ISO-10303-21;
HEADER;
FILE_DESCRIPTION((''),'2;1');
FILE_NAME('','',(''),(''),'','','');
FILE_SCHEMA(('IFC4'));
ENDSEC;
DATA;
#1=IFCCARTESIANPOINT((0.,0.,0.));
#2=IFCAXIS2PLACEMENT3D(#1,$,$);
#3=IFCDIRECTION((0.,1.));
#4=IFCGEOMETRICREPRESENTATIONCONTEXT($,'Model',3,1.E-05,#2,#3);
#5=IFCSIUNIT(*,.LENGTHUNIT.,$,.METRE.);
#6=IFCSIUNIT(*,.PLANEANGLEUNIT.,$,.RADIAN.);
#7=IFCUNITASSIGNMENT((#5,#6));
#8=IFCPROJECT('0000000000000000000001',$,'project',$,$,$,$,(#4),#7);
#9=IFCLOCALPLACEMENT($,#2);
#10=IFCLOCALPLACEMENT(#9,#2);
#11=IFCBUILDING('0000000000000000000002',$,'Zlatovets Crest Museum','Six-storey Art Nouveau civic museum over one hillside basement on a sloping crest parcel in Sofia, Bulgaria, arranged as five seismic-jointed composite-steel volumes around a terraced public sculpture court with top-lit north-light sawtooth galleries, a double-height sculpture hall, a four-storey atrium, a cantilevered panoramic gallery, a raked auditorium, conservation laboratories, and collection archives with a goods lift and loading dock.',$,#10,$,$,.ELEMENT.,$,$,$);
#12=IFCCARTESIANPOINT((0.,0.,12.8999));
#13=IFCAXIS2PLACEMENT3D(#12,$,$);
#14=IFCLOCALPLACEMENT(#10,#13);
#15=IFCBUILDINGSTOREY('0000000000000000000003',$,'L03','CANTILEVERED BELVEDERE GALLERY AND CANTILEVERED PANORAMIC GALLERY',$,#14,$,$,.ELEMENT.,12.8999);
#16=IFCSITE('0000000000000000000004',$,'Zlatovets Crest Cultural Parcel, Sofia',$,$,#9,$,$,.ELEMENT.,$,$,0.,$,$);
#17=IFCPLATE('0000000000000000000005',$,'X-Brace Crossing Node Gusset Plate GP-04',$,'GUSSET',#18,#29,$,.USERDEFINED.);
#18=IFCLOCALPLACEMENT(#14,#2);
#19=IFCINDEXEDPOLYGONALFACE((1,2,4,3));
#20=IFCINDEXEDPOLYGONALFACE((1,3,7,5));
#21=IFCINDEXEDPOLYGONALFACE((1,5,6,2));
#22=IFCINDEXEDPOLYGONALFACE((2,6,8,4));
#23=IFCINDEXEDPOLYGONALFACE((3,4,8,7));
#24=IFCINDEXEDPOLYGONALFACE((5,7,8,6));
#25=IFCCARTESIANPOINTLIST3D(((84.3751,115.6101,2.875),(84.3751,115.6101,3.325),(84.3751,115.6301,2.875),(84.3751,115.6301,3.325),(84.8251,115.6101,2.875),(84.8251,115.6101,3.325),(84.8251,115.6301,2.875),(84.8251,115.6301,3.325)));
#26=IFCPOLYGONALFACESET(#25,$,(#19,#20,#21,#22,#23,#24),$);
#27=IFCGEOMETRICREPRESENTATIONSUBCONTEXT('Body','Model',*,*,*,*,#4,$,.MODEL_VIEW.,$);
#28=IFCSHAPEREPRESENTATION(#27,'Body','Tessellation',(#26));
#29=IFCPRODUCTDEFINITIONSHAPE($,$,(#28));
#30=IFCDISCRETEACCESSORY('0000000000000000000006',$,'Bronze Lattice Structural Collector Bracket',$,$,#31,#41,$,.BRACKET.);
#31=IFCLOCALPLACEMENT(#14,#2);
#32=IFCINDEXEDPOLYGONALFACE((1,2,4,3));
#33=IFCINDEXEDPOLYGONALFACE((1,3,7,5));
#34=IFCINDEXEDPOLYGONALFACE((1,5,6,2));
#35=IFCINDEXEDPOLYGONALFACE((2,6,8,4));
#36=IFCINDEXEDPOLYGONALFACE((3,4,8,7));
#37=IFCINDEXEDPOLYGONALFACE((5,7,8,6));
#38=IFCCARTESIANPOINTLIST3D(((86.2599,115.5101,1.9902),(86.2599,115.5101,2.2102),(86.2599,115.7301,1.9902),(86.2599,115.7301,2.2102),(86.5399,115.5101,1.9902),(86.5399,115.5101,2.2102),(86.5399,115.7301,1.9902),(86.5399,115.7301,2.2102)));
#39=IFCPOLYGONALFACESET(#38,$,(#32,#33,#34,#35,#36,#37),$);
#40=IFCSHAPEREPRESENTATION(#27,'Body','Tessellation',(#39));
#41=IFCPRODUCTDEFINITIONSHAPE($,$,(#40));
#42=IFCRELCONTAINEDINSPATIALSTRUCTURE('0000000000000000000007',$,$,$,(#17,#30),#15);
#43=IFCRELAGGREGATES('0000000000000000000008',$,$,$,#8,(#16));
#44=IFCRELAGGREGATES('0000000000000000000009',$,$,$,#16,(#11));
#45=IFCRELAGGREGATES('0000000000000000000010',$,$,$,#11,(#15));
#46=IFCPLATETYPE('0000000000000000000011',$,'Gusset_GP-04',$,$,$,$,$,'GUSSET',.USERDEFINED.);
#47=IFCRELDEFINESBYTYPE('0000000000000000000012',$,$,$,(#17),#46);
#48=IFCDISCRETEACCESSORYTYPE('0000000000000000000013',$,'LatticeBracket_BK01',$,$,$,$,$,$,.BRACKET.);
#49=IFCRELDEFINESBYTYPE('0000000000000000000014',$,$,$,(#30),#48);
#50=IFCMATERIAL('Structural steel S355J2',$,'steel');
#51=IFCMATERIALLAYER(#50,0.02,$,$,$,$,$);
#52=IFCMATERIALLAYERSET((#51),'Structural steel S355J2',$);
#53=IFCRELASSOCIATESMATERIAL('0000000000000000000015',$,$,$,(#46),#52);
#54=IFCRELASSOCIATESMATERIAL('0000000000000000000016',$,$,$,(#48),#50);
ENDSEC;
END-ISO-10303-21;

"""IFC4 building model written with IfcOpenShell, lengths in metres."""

from ifc_helpers import new_model, si_unit, direction, frame, origin, origin_2d, place, context, subcontext, project, spatial, rectangle, extrude, material, layer, layer_set, type_object, element, save


model = new_model("IFC4")

# Units and contexts
model_context = context("Model", 3, precision=1e-05, world=origin(), true_north=direction((0.0, 1.0)))
body_context = subcontext(model_context, "Body", "Model", "MODEL_VIEW")
ifc_project = project(units=[si_unit("LENGTHUNIT", "METRE"), si_unit("PLANEANGLEUNIT", "RADIAN")], contexts=[model_context])

# Site, building, storey
site_placement = place(None, origin())
site = spatial("IfcSite", under=ifc_project, at=site_placement, Name="Zlatovets Crest Cultural Parcel, Sofia", CompositionType="ELEMENT", RefElevation=0.0)
building_placement = place(site_placement, origin())
building = spatial("IfcBuilding", under=site, at=building_placement, Name="Zlatovets Crest Museum", Description="Six-storey Art Nouveau civic museum over one hillside basement on a sloping crest parcel in Sofia, Bulgaria, arranged as five seismic-jointed composite-steel volumes around a terraced public sculpture court with top-lit north-light sawtooth galleries, a double-height sculpture hall, a four-storey atrium, a cantilevered panoramic gallery, a raked auditorium, conservation laboratories, and collection archives with a goods lift and loading dock.", CompositionType="ELEMENT")
storey_placement = place(building_placement, frame((0.0, 0.0, 12.8999)))
storey = spatial("IfcBuildingStorey", under=building, at=storey_placement, Name="L03", Description="CANTILEVERED BELVEDERE GALLERY AND CANTILEVERED PANORAMIC GALLERY", CompositionType="ELEMENT", Elevation=12.8999)

# Plate
ifc_material_1 = material(Name="Structural steel S355J2", Category="steel")
ifc_layer = layer(ifc_material_1, 0.02)
ifc_layer_set = layer_set([ifc_layer], Name="Structural steel S355J2")
plate_type = type_object("IfcPlateType", Name="Gusset_GP-04", ElementType="GUSSET", PredefinedType="USERDEFINED", material=ifc_layer_set)
for number, where, z_axis, x_axis, name in (
    (1, (84.6001, 115.6201, 2.875), (0.0, 0.0, 1.0), (1.0, 0.0, 0.0), "X-Brace Crossing Node Gusset Plate GP-04"),
):
    element("IfcPlate", number, at=place(storey_placement, frame(where, z_axis=z_axis, x_axis=x_axis)), inside=storey, type_object=plate_type, Name=name, ObjectType="GUSSET", PredefinedType="USERDEFINED", context=body_context, shape_type="SweptSolid", body=[
        extrude(rectangle(XDim=0.45, YDim=0.02, at=origin_2d()), origin(), (0.0, 0.0, 1.0), 0.45),
    ])

# Discrete accessory
discrete_accessory_type = type_object("IfcDiscreteAccessoryType", Name="LatticeBracket_BK01", PredefinedType="BRACKET", material=ifc_material_1)
discrete_accessory_placement = place(storey_placement, frame((86.3999, 115.6201, 1.9902), z_axis=(0.0, 0.0, 1.0), x_axis=(1.0, 0.0, 0.0)))
element("IfcDiscreteAccessory", 2, at=discrete_accessory_placement, inside=storey, type_object=discrete_accessory_type, Name="Bronze Lattice Structural Collector Bracket", PredefinedType="BRACKET", context=body_context, shape_type="SweptSolid", body=[
    extrude(rectangle(XDim=0.28, YDim=0.22, at=origin_2d()), origin(), (0.0, 0.0, 1.0), 0.22),
])

save(model, "model.ifc")
